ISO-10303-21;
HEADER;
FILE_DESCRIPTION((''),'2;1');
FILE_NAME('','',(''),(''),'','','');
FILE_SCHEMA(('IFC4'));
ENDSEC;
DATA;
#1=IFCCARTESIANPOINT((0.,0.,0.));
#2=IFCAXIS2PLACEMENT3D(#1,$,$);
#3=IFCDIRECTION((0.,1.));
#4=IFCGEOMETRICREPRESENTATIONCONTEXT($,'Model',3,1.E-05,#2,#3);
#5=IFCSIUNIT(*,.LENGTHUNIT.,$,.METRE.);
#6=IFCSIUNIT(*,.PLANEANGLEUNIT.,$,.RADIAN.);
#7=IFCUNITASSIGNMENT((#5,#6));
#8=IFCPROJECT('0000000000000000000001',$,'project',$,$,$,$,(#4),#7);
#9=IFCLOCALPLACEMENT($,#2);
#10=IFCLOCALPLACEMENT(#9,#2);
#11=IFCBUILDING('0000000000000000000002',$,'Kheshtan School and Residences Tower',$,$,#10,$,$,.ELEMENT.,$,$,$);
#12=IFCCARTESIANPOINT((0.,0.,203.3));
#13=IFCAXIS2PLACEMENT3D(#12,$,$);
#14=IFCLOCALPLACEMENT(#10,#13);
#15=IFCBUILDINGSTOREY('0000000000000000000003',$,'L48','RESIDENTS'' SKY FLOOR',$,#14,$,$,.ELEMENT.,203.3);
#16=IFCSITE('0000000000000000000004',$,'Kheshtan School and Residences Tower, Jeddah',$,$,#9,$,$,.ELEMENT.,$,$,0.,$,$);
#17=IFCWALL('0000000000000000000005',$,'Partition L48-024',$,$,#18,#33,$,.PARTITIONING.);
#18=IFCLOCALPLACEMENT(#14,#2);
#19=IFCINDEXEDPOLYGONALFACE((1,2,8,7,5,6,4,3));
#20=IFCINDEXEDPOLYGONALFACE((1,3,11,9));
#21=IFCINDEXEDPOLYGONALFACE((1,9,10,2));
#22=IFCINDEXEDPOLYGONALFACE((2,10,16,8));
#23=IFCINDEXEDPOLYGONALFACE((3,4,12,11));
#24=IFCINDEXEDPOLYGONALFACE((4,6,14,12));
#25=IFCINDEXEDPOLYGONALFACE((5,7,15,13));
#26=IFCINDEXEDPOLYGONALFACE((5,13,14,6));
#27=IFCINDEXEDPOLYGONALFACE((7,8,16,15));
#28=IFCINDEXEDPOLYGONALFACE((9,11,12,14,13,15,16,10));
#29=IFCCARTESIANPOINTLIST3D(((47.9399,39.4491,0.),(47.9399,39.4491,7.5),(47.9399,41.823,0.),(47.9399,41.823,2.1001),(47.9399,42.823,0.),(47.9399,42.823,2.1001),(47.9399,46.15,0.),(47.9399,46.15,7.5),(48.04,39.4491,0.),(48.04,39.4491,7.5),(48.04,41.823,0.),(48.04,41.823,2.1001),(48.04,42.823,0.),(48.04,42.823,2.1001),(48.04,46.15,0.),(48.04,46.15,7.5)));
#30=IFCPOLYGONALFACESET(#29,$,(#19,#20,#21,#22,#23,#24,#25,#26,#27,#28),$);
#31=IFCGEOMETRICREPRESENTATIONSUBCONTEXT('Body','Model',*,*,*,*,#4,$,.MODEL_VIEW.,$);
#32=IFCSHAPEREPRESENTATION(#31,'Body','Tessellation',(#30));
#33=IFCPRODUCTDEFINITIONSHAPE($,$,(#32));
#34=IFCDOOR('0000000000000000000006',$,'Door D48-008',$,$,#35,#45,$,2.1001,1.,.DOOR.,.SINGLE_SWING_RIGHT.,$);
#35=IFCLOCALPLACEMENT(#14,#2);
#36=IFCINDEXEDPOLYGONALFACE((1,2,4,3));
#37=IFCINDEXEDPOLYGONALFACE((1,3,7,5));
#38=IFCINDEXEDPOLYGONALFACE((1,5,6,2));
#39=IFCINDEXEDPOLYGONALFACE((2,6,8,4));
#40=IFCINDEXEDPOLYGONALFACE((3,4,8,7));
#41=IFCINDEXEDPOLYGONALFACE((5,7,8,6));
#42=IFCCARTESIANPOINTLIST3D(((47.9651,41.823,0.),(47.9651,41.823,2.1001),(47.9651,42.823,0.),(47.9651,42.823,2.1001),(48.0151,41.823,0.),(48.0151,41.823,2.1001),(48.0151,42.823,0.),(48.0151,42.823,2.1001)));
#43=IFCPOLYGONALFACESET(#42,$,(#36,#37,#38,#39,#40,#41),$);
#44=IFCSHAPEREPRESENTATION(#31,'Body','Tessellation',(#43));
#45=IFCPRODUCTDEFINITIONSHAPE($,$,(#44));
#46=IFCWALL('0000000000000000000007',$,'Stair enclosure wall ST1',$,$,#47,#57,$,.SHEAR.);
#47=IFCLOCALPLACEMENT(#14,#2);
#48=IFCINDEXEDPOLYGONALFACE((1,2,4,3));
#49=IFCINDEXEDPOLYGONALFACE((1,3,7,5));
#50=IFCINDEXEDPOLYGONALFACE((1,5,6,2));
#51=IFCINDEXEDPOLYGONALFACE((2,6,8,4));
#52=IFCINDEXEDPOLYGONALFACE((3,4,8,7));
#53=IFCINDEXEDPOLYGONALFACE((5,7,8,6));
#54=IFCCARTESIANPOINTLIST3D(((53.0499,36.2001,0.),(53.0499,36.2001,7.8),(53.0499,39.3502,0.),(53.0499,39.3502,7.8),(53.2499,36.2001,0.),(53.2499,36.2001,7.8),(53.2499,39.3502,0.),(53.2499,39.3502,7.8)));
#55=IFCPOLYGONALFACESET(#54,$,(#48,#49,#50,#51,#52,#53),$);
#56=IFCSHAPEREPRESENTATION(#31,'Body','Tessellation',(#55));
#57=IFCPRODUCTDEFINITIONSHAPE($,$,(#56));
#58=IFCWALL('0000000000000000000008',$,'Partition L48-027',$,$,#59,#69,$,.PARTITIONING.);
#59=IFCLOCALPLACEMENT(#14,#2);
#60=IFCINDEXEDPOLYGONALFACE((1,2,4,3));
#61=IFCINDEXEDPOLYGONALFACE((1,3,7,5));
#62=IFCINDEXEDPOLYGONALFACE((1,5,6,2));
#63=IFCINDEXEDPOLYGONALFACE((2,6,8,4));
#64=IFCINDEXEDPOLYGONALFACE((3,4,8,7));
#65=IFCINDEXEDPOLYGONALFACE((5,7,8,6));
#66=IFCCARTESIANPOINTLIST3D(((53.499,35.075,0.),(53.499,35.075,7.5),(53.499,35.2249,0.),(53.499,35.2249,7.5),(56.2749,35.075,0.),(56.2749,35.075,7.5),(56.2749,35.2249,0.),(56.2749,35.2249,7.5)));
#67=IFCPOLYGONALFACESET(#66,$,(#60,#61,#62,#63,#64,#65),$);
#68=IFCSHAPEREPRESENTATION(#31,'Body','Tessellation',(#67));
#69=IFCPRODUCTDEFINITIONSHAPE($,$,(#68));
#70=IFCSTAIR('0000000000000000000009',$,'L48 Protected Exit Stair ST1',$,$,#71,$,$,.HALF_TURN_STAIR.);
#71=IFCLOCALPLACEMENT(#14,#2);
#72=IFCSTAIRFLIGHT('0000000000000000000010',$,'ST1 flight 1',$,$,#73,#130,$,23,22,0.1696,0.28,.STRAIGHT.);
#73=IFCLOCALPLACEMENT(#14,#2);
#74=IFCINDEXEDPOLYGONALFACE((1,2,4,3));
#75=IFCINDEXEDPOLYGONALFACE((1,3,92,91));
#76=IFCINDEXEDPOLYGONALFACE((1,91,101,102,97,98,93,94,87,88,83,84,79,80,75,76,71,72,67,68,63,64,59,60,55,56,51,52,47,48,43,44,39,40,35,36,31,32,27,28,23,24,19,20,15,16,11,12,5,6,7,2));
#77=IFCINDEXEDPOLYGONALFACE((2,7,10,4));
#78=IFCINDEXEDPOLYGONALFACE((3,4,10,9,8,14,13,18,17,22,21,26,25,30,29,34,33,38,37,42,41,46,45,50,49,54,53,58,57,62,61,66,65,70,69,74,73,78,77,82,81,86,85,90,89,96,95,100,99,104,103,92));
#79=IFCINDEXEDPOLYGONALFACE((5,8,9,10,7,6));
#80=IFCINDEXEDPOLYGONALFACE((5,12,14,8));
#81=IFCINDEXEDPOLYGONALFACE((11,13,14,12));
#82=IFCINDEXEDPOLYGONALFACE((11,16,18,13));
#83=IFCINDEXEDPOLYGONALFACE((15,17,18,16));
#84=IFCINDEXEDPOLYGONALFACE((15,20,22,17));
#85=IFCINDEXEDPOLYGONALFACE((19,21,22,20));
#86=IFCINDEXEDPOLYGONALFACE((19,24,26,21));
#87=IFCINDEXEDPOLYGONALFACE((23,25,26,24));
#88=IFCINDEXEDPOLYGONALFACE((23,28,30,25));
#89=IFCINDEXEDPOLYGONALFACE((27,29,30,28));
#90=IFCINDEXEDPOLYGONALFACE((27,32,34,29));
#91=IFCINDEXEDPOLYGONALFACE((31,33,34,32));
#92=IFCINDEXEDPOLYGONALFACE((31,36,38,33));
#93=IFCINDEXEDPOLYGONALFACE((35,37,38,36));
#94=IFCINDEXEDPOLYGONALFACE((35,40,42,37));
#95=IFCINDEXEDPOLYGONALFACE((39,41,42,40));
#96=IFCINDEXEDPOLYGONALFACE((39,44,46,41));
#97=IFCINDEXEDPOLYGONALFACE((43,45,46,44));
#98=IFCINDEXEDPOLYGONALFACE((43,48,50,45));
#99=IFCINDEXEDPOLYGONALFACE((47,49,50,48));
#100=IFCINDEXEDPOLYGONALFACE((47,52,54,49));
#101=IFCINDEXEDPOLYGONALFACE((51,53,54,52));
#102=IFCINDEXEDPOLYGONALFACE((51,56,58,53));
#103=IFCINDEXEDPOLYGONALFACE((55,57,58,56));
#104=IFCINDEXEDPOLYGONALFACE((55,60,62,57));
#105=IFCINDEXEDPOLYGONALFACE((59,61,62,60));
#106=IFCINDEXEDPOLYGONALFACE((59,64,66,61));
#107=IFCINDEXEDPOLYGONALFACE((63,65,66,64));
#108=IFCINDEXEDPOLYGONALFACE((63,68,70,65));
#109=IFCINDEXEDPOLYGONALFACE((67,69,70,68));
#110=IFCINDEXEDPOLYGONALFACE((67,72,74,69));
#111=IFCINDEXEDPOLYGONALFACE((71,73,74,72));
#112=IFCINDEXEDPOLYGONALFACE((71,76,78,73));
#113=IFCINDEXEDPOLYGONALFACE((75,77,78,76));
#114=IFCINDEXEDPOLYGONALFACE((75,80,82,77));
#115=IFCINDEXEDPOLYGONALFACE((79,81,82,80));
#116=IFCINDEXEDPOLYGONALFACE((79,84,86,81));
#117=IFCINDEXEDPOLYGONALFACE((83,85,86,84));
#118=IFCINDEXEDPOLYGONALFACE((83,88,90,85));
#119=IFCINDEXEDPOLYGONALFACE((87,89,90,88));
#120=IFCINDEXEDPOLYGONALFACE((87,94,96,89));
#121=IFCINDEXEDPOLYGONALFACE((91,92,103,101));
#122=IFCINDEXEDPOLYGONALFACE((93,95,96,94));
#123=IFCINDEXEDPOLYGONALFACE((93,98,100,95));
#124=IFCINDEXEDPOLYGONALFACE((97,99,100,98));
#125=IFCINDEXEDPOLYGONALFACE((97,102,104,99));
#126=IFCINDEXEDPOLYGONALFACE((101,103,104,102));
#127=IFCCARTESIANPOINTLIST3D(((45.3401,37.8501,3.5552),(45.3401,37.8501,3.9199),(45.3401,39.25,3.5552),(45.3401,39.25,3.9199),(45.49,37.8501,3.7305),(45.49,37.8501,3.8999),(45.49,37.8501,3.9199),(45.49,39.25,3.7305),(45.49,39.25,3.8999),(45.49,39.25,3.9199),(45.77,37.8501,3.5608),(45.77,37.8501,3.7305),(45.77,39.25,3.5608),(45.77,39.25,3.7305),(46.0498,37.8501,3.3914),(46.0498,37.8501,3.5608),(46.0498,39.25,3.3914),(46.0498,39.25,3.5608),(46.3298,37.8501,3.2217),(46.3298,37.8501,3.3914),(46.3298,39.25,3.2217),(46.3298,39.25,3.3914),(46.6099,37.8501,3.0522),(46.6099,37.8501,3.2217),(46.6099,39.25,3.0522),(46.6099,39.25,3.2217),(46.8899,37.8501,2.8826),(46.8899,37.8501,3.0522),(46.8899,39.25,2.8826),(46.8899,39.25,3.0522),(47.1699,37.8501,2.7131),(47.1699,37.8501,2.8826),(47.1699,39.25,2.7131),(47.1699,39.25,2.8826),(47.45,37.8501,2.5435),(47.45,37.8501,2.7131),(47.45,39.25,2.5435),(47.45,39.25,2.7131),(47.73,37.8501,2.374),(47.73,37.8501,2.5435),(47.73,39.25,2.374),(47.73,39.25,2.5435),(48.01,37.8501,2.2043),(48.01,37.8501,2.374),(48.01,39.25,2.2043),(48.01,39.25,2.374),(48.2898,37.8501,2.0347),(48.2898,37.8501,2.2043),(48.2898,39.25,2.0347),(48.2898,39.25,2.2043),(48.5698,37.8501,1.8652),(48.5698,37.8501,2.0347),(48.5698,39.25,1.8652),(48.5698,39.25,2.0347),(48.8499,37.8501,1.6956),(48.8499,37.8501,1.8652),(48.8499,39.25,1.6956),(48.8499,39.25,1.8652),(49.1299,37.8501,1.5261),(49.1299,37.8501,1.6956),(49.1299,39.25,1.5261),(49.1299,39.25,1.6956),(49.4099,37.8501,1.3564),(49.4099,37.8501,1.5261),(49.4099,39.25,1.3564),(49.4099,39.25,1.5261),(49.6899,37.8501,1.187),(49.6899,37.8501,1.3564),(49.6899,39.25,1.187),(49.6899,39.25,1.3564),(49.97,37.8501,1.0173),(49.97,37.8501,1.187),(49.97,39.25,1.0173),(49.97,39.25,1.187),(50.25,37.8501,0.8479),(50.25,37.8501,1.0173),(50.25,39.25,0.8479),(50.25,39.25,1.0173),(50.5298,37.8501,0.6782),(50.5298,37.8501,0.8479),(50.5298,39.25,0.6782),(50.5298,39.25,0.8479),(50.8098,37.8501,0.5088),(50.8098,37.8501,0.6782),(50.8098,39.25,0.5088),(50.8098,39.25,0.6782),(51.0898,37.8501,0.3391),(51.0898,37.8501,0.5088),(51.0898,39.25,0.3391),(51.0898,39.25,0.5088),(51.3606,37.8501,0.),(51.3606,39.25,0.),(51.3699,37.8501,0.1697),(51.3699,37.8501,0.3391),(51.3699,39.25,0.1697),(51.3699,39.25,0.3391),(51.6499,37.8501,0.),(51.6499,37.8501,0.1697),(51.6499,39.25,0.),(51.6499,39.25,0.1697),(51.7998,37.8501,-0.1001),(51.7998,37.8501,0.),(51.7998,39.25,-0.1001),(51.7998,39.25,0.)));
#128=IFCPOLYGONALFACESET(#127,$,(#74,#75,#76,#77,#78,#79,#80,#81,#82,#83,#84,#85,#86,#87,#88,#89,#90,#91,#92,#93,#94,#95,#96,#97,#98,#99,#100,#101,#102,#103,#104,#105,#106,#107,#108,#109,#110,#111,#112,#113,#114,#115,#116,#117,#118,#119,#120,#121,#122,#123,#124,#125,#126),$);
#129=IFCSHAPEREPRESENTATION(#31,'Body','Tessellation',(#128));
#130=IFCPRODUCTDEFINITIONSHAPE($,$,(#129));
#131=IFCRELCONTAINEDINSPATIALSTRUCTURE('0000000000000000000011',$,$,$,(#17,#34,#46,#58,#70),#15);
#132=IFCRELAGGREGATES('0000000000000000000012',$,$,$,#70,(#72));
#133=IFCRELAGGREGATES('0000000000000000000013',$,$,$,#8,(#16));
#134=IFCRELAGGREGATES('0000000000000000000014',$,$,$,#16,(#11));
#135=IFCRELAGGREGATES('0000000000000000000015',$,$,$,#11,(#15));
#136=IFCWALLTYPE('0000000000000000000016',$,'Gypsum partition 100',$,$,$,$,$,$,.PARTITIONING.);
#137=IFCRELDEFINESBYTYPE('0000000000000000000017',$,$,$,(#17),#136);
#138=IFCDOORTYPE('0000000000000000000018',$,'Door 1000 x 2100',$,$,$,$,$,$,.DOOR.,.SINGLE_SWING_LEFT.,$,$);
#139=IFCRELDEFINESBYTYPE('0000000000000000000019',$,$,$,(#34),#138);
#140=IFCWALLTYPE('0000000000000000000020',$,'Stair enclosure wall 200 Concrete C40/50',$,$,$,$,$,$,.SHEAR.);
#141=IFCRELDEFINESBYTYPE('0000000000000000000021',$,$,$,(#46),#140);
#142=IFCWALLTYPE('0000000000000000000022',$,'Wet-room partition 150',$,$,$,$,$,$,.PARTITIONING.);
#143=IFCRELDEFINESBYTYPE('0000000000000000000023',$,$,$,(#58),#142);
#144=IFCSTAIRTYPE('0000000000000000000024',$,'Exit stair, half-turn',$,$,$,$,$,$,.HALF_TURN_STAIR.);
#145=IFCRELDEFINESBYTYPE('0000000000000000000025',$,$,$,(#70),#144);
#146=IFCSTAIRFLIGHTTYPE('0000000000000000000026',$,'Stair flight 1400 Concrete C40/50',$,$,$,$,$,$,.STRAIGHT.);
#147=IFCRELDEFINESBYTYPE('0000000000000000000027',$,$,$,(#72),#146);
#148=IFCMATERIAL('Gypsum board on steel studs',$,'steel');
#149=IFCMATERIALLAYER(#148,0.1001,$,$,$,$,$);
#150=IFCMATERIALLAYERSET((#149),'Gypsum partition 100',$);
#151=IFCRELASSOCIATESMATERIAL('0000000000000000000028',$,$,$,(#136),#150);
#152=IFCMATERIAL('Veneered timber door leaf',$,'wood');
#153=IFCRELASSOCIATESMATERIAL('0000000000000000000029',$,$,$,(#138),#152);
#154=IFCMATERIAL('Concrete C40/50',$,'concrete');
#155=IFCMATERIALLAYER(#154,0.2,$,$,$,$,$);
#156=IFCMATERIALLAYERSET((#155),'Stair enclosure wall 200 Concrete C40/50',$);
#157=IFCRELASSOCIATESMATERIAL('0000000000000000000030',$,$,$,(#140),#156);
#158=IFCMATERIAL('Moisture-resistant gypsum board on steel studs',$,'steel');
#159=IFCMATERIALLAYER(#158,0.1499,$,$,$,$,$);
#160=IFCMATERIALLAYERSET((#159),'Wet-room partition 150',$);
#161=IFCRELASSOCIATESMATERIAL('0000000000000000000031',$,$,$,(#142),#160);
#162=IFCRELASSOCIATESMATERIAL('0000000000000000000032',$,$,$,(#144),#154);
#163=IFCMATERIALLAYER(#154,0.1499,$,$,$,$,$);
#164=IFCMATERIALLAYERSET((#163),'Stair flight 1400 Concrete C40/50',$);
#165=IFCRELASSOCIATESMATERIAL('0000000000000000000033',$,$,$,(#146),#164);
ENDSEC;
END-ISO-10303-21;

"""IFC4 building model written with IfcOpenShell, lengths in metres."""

from ifc_helpers import new_model, si_unit, direction, frame, frame_2d, origin, place, context, subcontext, project, spatial, polyline, rectangle, outline, extrude, source, transform, mapped, material, layer, layer_set, type_object, element, fill, aggregate, save


model = new_model("IFC4")

# Units and contexts
model_context = context("Model", 3, precision=1e-05, world=origin(), true_north=direction((0.0, 1.0)))
body_context = subcontext(model_context, "Body", "Model", "MODEL_VIEW")
ifc_project = project(units=[si_unit("LENGTHUNIT", "METRE"), si_unit("PLANEANGLEUNIT", "RADIAN")], contexts=[model_context])

# Site, building, storey
site_placement = place(None, origin())
site = spatial("IfcSite", under=ifc_project, at=site_placement, Name="Kheshtan School and Residences Tower, Jeddah", CompositionType="ELEMENT", RefElevation=0.0)
building_placement = place(site_placement, origin())
building = spatial("IfcBuilding", under=site, at=building_placement, Name="Kheshtan School and Residences Tower", CompositionType="ELEMENT")
storey_placement = place(building_placement, frame((0.0, 0.0, 203.3)))
storey = spatial("IfcBuildingStorey", under=building, at=storey_placement, Name="L48", Description="RESIDENTS' SKY FLOOR", CompositionType="ELEMENT", Elevation=203.3)

# Wall, opening, door
ifc_material_1 = material(Name="Gypsum board on steel studs", Category="steel")
ifc_layer_1 = layer(ifc_material_1, 0.1001)
ifc_layer_set_1 = layer_set([ifc_layer_1], Name="Gypsum partition 100")
wall_type_1 = type_object("IfcWallType", Name="Gypsum partition 100", PredefinedType="PARTITIONING", material=ifc_layer_set_1)
wall_1_placement = place(storey_placement, frame((47.99, 39.449, 0.0), z_axis=(0.0, 0.0, 1.0), x_axis=(0.0, 1.0, 0.0)))
wall_1 = element("IfcWall", 1, at=wall_1_placement, inside=storey, type_object=wall_type_1, Name="Partition L48-024", PredefinedType="PARTITIONING", context=body_context, shape_type="SweptSolid", body=[
    extrude(rectangle(XDim=6.7009, YDim=0.1001, at=frame_2d((3.3506, 0.0))), origin(), (0.0, 0.0, 1.0), 7.5),
])
opening_1_placement = place(wall_1_placement, frame((2.374, 0.0, 0.0)))
opening_1 = element("IfcOpeningElement", 2, at=opening_1_placement, cuts=wall_1, PredefinedType="OPENING", context=body_context, shape_type="SweptSolid", body=[
    extrude(rectangle(XDim=1.0, YDim=2.1001, at=frame_2d((0.5, 1.05))), frame((0.0, 0.0601, 0.0), z_axis=(0.0, -1.0, 0.0), x_axis=(1.0, 0.0, 0.0)), (0.0, 0.0, 1.0), 0.1201),
])
ifc_material_2 = material(Name="Veneered timber door leaf", Category="wood")
door_type_1 = type_object("IfcDoorType", Name="Door 1000 x 2100", OperationType="SINGLE_SWING_LEFT", PredefinedType="DOOR", material=ifc_material_2)
shared_shape_1 = source(origin(), body_context, "Body", "SweptSolid", [
    extrude(rectangle(XDim=1.0, YDim=2.1001, at=frame_2d((0.5, 1.05))), frame((0.0, 0.0249, 0.0), z_axis=(0.0, -1.0, 0.0), x_axis=(1.0, 0.0, 0.0)), (0.0, 0.0, 1.0), 0.05),
])
door_1_placement = place(opening_1_placement, origin())
door_1 = element("IfcDoor", 3, at=door_1_placement, inside=storey, type_object=door_type_1, Name="Door D48-008", OperationType="SINGLE_SWING_RIGHT", OverallHeight=2.1001, OverallWidth=1.0, PredefinedType="DOOR", context=body_context, shape_type="MappedRepresentation", body=[
    mapped(shared_shape_1, transform((0.0, 0.0, 0.0), x_axis=(1.0, 0.0, 0.0), y_axis=(0.0, 1.0, 0.0), z_axis=(0.0, 0.0, 1.0), scale=1.0)),
])
fill(opening_1, door_1)

# Walls
ifc_material_3 = material(Name="Concrete C40/50", Category="concrete")
ifc_layer_2 = layer(ifc_material_3, 0.2)
ifc_layer_set_2 = layer_set([ifc_layer_2], Name="Stair enclosure wall 200 Concrete C40/50")
wall_type_2 = type_object("IfcWallType", Name="Stair enclosure wall 200 Concrete C40/50", PredefinedType="SHEAR", material=ifc_layer_set_2)
wall_2_placement = place(storey_placement, frame((53.1499, 36.2, 0.0), z_axis=(0.0, 0.0, 1.0), x_axis=(0.0, 1.0, 0.0)))
element("IfcWall", 4, at=wall_2_placement, inside=storey, type_object=wall_type_2, Name="Stair enclosure wall ST1", PredefinedType="SHEAR", context=body_context, shape_type="SweptSolid", body=[
    extrude(rectangle(XDim=3.1501, YDim=0.2, at=frame_2d((1.5752, 0.0))), origin(), (0.0, 0.0, 1.0), 7.8),
])
ifc_material_4 = material(Name="Moisture-resistant gypsum board on steel studs", Category="steel")
ifc_layer_3 = layer(ifc_material_4, 0.1499)
ifc_layer_set_3 = layer_set([ifc_layer_3], Name="Wet-room partition 150")
wall_type_3 = type_object("IfcWallType", Name="Wet-room partition 150", PredefinedType="PARTITIONING", material=ifc_layer_set_3)
wall_3_placement = place(storey_placement, frame((53.499, 35.1499, 0.0), z_axis=(0.0, 0.0, 1.0), x_axis=(1.0, 0.0, 0.0)))
element("IfcWall", 5, at=wall_3_placement, inside=storey, type_object=wall_type_3, Name="Partition L48-027", PredefinedType="PARTITIONING", context=body_context, shape_type="SweptSolid", body=[
    extrude(rectangle(XDim=2.7759, YDim=0.1499, at=frame_2d((1.3879, 0.0))), origin(), (0.0, 0.0, 1.0), 7.5),
])

# Stair, stair flight
stair_type = type_object("IfcStairType", Name="Exit stair, half-turn", PredefinedType="HALF_TURN_STAIR", material=ifc_material_3)
stair_placement = place(storey_placement, origin())
stair = element("IfcStair", 6, at=stair_placement, inside=storey, type_object=stair_type, Name="L48 Protected Exit Stair ST1", PredefinedType="HALF_TURN_STAIR")
ifc_layer_4 = layer(ifc_material_3, 0.1499)
ifc_layer_set_4 = layer_set([ifc_layer_4], Name="Stair flight 1400 Concrete C40/50")
stair_flight_type = type_object("IfcStairFlightType", Name="Stair flight 1400 Concrete C40/50", PredefinedType="STRAIGHT", material=ifc_layer_set_4)
stair_flight_placement = place(storey_placement, frame((51.6499, 38.55, 0.0), z_axis=(0.0, 0.0, 1.0), x_axis=(-1.0, 0.0, 0.0)))
stair_flight = element("IfcStairFlight", 7, at=stair_flight_placement, type_object=stair_flight_type, Name="ST1 flight 1", NumberOfRisers=23, NumberOfTreads=22, PredefinedType="STRAIGHT", RiserHeight=0.1696, TreadLength=0.28, context=body_context, shape_type="SweptSolid", body=[
    extrude(outline(polyline([(-0.1499, -0.1001), (-0.1499, 0.0), (0.0, 0.0), (0.0, 0.1697), (0.28, 0.1697), (0.28, 0.3391), (0.5601, 0.3391), (0.5601, 0.5088), (0.8401, 0.5088), (0.8401, 0.6782), (1.1201, 0.6782), (1.1201, 0.8479), (1.3999, 0.8479), (1.3999, 1.0173), (1.6799, 1.0173), (1.6799, 1.187), (1.96, 1.187), (1.96, 1.3564), (2.24, 1.3564), (2.24, 1.5261), (2.52, 1.5261), (2.52, 1.6956), (2.8, 1.6956), (2.8, 1.8652), (3.0801, 1.8652), (3.0801, 2.0347), (3.3601, 2.0347), (3.3601, 2.2043), (3.6399, 2.2043), (3.6399, 2.374), (3.9199, 2.374), (3.9199, 2.5435), (4.2, 2.5435), (4.2, 2.7131), (4.48, 2.7131), (4.48, 2.8826), (4.76, 2.8826), (4.76, 3.0522), (5.04, 3.0522), (5.04, 3.2217), (5.3201, 3.2217), (5.3201, 3.3914), (5.6001, 3.3914), (5.6001, 3.5608), (5.8799, 3.5608), (5.8799, 3.7305), (6.1599, 3.7305), (6.1599, 3.8999), (6.1599, 3.9199), (6.3098, 3.9199), (6.3098, 3.5552), (0.2893, 0.0), (-0.1499, -0.1001)])), frame((0.0, 0.7, 0.0), z_axis=(0.0, -1.0, 0.0), x_axis=(1.0, 0.0, 0.0)), (0.0, 0.0, 1.0), 1.3999),
])
aggregate(stair, [stair_flight])

save(model, "model.ifc")
